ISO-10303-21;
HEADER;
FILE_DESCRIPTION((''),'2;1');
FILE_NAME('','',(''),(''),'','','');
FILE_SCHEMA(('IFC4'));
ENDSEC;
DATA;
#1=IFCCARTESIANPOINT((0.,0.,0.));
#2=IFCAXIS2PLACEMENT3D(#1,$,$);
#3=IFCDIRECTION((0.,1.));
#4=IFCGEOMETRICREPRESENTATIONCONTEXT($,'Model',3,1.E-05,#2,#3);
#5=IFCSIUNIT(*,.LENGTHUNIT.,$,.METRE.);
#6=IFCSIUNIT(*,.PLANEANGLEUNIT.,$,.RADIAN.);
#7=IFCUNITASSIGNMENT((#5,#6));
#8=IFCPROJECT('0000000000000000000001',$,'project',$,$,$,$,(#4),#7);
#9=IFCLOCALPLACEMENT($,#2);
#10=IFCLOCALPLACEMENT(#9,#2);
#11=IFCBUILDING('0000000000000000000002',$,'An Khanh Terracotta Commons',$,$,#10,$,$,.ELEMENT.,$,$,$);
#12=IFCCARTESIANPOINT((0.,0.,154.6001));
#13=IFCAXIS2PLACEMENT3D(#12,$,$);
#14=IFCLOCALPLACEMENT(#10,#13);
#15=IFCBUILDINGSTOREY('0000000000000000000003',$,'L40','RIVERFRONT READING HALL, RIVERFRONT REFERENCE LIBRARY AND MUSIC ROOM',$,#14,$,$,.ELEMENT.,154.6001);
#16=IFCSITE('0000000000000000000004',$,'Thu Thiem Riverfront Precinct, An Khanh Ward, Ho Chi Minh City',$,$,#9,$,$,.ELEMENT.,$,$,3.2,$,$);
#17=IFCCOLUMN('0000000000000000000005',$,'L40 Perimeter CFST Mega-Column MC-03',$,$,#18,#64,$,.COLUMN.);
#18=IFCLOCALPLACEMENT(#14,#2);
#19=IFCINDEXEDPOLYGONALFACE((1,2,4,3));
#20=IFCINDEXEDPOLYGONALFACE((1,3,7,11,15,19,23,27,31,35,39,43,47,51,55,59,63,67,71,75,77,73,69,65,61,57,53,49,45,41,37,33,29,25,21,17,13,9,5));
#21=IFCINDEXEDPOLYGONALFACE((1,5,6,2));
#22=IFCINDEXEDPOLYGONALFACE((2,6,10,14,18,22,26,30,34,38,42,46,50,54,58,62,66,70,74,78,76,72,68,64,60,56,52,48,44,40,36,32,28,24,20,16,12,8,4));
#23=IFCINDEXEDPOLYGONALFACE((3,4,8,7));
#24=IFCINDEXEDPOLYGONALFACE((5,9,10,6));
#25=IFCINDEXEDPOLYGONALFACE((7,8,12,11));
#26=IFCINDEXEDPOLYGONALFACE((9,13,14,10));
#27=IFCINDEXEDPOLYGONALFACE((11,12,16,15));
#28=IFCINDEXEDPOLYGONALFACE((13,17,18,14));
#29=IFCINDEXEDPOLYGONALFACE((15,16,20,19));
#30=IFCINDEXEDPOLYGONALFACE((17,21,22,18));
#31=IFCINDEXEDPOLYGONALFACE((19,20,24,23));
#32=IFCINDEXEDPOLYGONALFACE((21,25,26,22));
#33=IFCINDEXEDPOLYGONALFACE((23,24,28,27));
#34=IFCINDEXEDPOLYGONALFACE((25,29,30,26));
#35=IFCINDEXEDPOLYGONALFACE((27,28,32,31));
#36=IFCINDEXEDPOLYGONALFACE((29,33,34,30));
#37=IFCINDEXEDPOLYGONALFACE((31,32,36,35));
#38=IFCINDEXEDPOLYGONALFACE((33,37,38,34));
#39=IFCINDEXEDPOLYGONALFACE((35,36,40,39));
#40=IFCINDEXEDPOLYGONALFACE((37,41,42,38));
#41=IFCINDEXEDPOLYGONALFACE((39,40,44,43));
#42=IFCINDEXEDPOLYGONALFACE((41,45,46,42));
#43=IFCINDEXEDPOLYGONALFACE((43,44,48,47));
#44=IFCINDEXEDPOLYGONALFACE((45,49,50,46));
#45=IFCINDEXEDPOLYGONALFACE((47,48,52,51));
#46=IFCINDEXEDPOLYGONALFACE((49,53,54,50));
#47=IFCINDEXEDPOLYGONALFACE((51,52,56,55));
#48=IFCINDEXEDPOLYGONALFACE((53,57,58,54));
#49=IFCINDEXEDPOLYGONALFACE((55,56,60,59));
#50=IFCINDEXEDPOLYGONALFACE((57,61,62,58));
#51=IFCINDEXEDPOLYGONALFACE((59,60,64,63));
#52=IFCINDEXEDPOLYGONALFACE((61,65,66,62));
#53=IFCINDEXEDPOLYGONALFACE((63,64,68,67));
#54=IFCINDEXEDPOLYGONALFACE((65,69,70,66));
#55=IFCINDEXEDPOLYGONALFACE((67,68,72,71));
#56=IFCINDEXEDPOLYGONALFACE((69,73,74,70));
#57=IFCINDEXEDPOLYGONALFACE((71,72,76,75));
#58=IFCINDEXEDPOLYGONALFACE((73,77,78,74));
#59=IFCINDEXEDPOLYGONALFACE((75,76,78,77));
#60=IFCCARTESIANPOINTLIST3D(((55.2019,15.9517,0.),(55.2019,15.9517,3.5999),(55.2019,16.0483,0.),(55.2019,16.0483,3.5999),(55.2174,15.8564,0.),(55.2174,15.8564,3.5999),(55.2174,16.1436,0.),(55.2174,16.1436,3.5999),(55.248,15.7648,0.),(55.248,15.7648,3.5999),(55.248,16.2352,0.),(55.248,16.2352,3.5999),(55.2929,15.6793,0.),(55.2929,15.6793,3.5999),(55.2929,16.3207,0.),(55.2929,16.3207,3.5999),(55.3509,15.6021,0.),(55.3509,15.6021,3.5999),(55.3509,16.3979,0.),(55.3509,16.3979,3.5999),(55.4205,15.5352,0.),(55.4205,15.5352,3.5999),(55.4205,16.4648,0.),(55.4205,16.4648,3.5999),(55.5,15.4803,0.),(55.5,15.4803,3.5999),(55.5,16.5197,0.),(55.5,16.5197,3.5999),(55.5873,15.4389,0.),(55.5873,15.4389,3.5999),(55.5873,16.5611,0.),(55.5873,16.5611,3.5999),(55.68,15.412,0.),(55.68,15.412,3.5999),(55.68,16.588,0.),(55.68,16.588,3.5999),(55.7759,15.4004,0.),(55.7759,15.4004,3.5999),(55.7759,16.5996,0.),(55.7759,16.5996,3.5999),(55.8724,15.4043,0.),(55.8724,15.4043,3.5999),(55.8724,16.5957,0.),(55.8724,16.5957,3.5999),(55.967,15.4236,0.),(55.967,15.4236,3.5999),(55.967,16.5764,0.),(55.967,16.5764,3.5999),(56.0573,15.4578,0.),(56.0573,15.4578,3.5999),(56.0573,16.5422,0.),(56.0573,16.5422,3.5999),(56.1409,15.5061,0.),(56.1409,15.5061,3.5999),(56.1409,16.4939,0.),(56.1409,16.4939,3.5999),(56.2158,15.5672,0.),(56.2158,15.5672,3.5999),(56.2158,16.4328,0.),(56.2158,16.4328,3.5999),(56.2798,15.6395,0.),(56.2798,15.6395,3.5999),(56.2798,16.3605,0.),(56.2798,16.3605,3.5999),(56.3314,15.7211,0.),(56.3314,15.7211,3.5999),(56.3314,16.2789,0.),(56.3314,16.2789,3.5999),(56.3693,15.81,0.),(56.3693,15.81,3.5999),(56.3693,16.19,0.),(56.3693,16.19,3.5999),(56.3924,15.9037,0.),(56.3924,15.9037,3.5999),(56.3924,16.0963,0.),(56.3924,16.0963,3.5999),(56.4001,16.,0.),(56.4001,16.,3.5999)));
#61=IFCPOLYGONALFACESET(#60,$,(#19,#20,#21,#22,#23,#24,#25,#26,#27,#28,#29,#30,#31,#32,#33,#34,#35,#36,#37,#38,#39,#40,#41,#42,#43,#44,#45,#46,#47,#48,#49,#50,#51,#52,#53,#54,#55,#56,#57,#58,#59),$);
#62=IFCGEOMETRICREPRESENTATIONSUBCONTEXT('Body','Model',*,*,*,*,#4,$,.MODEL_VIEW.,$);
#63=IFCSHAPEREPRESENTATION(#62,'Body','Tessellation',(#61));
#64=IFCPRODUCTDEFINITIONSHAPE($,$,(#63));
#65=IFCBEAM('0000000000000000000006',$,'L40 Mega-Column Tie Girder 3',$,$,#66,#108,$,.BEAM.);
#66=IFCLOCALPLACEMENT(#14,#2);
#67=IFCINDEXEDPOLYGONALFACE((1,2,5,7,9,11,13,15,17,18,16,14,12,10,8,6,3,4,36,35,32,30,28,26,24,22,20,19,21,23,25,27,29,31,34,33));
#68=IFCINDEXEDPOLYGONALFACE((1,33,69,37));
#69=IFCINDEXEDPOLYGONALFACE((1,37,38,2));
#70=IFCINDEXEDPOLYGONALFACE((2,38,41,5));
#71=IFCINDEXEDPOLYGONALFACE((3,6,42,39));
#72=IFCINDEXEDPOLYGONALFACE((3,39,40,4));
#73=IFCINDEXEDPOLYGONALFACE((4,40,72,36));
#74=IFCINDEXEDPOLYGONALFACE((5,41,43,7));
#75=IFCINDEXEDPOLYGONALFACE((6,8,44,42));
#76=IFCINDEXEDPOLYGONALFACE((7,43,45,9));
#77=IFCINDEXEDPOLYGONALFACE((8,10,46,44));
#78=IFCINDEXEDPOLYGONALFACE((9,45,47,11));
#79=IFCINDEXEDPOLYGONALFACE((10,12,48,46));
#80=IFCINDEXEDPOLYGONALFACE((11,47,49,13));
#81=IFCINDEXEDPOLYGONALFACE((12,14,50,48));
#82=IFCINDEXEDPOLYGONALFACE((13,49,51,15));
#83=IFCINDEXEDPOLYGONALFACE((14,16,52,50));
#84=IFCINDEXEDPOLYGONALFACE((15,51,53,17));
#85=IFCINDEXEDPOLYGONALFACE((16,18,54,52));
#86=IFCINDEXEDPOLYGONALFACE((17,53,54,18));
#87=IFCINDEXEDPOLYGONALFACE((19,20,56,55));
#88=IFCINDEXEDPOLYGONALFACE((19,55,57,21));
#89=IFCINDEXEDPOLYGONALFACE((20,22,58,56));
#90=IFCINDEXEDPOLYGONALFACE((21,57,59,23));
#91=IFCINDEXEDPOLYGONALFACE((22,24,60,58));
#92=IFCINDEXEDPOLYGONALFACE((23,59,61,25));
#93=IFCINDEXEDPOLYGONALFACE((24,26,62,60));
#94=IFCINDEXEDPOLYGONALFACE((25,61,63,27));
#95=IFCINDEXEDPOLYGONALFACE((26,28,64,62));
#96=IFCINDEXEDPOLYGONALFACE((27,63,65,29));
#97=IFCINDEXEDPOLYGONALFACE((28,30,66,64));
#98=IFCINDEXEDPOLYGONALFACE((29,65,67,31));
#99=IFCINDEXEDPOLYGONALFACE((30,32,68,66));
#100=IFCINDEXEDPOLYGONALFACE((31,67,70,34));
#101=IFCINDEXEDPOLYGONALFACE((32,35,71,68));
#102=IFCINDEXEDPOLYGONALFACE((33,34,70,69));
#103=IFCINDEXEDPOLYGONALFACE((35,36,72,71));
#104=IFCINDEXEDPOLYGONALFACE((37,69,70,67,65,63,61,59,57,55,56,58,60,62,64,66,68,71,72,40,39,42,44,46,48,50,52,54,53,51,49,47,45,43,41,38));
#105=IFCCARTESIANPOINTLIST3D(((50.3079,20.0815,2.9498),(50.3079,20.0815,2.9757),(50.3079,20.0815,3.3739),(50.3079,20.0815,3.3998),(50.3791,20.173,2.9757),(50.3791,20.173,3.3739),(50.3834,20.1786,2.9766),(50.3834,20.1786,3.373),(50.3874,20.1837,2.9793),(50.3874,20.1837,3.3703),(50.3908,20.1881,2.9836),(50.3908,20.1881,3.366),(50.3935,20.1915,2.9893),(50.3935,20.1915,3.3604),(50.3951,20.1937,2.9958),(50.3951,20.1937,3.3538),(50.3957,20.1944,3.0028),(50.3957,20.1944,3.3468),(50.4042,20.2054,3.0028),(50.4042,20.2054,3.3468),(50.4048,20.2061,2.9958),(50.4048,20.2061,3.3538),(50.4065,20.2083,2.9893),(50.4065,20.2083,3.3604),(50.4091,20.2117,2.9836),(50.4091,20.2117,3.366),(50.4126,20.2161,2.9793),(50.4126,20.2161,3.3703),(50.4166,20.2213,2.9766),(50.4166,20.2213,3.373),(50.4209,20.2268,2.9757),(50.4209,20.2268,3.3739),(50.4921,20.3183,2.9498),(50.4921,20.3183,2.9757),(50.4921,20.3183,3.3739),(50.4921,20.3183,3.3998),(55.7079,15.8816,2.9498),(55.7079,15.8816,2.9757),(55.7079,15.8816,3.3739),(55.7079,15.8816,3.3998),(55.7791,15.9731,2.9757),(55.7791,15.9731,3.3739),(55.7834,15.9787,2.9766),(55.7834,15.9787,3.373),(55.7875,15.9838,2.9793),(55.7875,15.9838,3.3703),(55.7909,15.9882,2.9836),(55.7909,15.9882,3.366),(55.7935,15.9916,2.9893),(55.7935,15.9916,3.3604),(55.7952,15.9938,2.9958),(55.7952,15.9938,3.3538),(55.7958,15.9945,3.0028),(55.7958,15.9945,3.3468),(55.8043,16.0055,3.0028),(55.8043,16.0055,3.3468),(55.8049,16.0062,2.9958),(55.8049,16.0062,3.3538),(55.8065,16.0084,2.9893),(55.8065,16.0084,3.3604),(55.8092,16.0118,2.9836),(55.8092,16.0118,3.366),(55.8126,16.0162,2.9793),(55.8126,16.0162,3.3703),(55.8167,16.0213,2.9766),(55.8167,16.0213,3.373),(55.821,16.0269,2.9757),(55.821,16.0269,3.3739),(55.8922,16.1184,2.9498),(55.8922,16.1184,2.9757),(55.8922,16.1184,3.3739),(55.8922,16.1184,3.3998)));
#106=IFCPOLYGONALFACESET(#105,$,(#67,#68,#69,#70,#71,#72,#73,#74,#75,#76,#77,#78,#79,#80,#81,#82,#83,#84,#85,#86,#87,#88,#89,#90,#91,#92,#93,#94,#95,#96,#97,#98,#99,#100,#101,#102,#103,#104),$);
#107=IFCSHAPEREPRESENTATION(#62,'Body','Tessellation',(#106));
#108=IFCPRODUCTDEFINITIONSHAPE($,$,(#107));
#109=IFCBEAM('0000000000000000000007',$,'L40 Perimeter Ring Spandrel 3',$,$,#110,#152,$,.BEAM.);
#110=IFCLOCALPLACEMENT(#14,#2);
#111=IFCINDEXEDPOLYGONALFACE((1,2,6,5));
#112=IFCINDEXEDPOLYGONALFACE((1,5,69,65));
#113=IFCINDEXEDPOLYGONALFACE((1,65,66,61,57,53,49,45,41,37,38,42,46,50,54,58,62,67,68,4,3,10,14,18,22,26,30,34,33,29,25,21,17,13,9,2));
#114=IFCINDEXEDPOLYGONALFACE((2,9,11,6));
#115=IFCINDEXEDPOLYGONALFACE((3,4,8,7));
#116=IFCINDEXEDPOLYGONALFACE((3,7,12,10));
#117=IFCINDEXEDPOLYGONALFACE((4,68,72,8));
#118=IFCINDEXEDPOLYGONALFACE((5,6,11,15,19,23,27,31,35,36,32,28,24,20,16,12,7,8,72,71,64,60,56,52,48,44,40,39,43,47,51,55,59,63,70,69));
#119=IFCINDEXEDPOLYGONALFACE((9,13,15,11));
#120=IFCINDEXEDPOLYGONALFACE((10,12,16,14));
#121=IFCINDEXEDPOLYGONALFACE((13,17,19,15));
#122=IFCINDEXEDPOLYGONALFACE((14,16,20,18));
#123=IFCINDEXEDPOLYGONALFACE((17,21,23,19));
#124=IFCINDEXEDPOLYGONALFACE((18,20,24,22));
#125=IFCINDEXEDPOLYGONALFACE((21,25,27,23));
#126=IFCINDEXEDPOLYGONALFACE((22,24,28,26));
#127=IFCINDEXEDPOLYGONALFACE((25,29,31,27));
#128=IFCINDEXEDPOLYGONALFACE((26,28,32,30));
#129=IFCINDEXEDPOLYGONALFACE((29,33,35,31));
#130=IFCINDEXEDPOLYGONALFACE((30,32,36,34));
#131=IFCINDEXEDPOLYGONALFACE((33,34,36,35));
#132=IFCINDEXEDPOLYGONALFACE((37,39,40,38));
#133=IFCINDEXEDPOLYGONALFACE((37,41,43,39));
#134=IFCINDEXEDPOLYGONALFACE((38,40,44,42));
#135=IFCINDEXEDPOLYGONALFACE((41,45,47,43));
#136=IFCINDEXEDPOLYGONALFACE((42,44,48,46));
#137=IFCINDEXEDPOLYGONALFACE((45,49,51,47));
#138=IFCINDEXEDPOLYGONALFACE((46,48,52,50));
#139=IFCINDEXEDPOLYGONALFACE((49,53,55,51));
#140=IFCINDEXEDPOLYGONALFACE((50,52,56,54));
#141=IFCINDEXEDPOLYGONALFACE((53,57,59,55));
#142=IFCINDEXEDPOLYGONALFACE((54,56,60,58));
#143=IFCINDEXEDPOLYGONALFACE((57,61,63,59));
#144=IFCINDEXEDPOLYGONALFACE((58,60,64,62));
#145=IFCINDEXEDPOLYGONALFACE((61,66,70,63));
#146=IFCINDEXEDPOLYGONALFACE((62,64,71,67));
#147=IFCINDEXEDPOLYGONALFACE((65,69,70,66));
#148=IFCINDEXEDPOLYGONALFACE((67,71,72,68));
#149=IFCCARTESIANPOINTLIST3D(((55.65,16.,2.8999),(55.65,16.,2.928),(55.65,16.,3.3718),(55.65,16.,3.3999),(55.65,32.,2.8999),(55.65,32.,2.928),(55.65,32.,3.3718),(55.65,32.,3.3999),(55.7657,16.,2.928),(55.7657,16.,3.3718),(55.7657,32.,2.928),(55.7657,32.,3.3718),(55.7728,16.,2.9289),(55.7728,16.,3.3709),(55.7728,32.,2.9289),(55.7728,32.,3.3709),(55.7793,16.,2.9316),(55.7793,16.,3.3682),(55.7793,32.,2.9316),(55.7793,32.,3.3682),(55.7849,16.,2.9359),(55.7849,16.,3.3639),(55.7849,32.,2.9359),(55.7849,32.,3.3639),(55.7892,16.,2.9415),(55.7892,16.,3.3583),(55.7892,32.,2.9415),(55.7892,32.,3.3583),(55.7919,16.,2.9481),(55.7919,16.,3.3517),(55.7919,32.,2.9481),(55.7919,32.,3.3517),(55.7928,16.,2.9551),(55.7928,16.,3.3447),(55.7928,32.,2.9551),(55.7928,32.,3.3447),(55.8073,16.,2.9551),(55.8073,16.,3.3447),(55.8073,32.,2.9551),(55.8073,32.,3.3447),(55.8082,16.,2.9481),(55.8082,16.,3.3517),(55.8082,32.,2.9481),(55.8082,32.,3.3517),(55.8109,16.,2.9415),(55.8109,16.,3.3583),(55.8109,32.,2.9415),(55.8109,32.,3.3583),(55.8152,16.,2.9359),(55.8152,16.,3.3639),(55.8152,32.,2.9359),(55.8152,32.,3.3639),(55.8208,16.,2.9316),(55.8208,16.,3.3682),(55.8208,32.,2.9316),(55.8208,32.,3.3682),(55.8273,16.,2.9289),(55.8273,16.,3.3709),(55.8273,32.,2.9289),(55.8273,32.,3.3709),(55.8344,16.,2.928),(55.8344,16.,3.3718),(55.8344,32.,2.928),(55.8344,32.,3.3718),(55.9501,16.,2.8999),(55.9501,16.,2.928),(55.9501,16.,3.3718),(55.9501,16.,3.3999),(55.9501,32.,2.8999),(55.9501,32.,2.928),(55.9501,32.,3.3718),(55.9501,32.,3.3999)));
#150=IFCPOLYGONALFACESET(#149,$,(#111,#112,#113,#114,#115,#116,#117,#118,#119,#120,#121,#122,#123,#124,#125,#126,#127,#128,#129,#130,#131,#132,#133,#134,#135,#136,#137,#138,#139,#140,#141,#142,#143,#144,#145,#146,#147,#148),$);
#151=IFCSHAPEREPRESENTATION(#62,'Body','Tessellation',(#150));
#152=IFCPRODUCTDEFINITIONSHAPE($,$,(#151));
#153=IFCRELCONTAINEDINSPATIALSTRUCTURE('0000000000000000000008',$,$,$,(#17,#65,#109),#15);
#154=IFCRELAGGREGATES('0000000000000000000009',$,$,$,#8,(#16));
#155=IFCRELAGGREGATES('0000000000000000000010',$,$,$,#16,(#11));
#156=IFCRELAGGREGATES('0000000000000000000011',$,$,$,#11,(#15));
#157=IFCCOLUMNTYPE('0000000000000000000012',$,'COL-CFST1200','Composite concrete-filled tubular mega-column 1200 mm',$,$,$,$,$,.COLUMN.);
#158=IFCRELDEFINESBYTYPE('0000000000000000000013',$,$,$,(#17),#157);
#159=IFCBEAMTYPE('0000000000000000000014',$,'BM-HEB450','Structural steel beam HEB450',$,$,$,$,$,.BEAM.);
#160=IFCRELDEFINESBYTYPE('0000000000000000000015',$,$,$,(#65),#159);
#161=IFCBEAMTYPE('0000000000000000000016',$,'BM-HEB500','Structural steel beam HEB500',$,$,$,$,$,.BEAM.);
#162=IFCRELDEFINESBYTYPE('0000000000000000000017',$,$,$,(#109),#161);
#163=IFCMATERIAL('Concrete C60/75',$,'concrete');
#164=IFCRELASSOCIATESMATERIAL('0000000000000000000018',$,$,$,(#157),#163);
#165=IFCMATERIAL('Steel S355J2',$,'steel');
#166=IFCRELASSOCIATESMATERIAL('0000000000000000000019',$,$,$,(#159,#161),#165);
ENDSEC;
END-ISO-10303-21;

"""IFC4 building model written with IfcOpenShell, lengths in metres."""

from ifc_helpers import new_model, si_unit, direction, frame, origin, origin_2d, place, context, subcontext, project, spatial, circle, i_section, extrude, material, material_profile, profile_set, type_object, element, save


model = new_model("IFC4")

# Units and contexts
model_context = context("Model", 3, precision=1e-05, world=origin(), true_north=direction((0.0, 1.0)))
body_context = subcontext(model_context, "Body", "Model", "MODEL_VIEW")
ifc_project = project(units=[si_unit("LENGTHUNIT", "METRE"), si_unit("PLANEANGLEUNIT", "RADIAN")], contexts=[model_context])

# Site, building, storey
site_placement = place(None, origin())
site = spatial("IfcSite", under=ifc_project, at=site_placement, Name="Thu Thiem Riverfront Precinct, An Khanh Ward, Ho Chi Minh City", CompositionType="ELEMENT", RefElevation=3.2)
building_placement = place(site_placement, origin())
building = spatial("IfcBuilding", under=site, at=building_placement, Name="An Khanh Terracotta Commons", CompositionType="ELEMENT")
storey_placement = place(building_placement, frame((0.0, 0.0, 154.6001)))
storey = spatial("IfcBuildingStorey", under=building, at=storey_placement, Name="L40", Description="RIVERFRONT READING HALL, RIVERFRONT REFERENCE LIBRARY AND MUSIC ROOM", CompositionType="ELEMENT", Elevation=154.6001)

# Column
ifc_material_1 = material(Name="Concrete C60/75", Category="concrete")
ifc_material_profile_1 = material_profile(ifc_material_1, circle(Radius=0.6001, at=origin_2d()), Name="CFST1200")
ifc_profile_set_1 = profile_set([ifc_material_profile_1], Name="Concrete C60/75")
column_type = type_object("IfcColumnType", Name="COL-CFST1200", Description="Composite concrete-filled tubular mega-column 1200 mm", PredefinedType="COLUMN", material=ifc_profile_set_1)
column_placement = place(storey_placement, frame((55.8, 16.0, 0.0), z_axis=(0.0, 0.0, 1.0), x_axis=(1.0, 0.0, 0.0)))
element("IfcColumn", 1, at=column_placement, inside=storey, type_object=column_type, Name="L40 Perimeter CFST Mega-Column MC-03", PredefinedType="COLUMN", context=body_context, shape_type="SweptSolid", body=[
    extrude(circle(Radius=0.6001, at=origin_2d()), origin(), (0.0, 0.0, 1.0), 3.5999),
])

# Beams
ifc_material_2 = material(Name="Steel S355J2", Category="steel")
ifc_material_profile_2 = material_profile(ifc_material_2, i_section(OverallWidth=0.3, OverallDepth=0.45, WebThickness=0.0139, FlangeThickness=0.0259, FilletRadius=0.0271, at=origin_2d()), Name="HEB450")
ifc_profile_set_2 = profile_set([ifc_material_profile_2], Name="Steel S355J2")
beam_type_1 = type_object("IfcBeamType", Name="BM-HEB450", Description="Structural steel beam HEB450", PredefinedType="BEAM", material=ifc_profile_set_2)
beam_1_placement = place(storey_placement, frame((55.8, 16.0, 3.1748), z_axis=(-0.789364, 0.613926, 0.0), x_axis=(-0.613926, -0.789364, 0.0)))
element("IfcBeam", 2, at=beam_1_placement, inside=storey, type_object=beam_type_1, Name="L40 Mega-Column Tie Girder 3", PredefinedType="BEAM", context=body_context, shape_type="SweptSolid", body=[
    extrude(i_section(OverallWidth=0.3, OverallDepth=0.45, WebThickness=0.0139, FlangeThickness=0.0259, FilletRadius=0.0271, at=origin_2d()), origin(), (0.0, 0.0, 1.0), 6.8411),
])
ifc_material_profile_3 = material_profile(ifc_material_2, i_section(OverallWidth=0.3, OverallDepth=0.5, WebThickness=0.0144, FlangeThickness=0.0281, FilletRadius=0.0271, at=origin_2d()), Name="HEB500")
ifc_profile_set_3 = profile_set([ifc_material_profile_3], Name="Steel S355J2")
beam_type_2 = type_object("IfcBeamType", Name="BM-HEB500", Description="Structural steel beam HEB500", PredefinedType="BEAM", material=ifc_profile_set_3)
beam_2_placement = place(storey_placement, frame((55.8, 16.0, 3.1499), z_axis=(0.0, 1.0, 0.0), x_axis=(-1.0, 0.0, 0.0)))
element("IfcBeam", 3, at=beam_2_placement, inside=storey, type_object=beam_type_2, Name="L40 Perimeter Ring Spandrel 3", PredefinedType="BEAM", context=body_context, shape_type="SweptSolid", body=[
    extrude(i_section(OverallWidth=0.3, OverallDepth=0.5, WebThickness=0.0144, FlangeThickness=0.0281, FilletRadius=0.0271, at=origin_2d()), origin(), (0.0, 0.0, 1.0), 16.0),
])

save(model, "model.ifc")
